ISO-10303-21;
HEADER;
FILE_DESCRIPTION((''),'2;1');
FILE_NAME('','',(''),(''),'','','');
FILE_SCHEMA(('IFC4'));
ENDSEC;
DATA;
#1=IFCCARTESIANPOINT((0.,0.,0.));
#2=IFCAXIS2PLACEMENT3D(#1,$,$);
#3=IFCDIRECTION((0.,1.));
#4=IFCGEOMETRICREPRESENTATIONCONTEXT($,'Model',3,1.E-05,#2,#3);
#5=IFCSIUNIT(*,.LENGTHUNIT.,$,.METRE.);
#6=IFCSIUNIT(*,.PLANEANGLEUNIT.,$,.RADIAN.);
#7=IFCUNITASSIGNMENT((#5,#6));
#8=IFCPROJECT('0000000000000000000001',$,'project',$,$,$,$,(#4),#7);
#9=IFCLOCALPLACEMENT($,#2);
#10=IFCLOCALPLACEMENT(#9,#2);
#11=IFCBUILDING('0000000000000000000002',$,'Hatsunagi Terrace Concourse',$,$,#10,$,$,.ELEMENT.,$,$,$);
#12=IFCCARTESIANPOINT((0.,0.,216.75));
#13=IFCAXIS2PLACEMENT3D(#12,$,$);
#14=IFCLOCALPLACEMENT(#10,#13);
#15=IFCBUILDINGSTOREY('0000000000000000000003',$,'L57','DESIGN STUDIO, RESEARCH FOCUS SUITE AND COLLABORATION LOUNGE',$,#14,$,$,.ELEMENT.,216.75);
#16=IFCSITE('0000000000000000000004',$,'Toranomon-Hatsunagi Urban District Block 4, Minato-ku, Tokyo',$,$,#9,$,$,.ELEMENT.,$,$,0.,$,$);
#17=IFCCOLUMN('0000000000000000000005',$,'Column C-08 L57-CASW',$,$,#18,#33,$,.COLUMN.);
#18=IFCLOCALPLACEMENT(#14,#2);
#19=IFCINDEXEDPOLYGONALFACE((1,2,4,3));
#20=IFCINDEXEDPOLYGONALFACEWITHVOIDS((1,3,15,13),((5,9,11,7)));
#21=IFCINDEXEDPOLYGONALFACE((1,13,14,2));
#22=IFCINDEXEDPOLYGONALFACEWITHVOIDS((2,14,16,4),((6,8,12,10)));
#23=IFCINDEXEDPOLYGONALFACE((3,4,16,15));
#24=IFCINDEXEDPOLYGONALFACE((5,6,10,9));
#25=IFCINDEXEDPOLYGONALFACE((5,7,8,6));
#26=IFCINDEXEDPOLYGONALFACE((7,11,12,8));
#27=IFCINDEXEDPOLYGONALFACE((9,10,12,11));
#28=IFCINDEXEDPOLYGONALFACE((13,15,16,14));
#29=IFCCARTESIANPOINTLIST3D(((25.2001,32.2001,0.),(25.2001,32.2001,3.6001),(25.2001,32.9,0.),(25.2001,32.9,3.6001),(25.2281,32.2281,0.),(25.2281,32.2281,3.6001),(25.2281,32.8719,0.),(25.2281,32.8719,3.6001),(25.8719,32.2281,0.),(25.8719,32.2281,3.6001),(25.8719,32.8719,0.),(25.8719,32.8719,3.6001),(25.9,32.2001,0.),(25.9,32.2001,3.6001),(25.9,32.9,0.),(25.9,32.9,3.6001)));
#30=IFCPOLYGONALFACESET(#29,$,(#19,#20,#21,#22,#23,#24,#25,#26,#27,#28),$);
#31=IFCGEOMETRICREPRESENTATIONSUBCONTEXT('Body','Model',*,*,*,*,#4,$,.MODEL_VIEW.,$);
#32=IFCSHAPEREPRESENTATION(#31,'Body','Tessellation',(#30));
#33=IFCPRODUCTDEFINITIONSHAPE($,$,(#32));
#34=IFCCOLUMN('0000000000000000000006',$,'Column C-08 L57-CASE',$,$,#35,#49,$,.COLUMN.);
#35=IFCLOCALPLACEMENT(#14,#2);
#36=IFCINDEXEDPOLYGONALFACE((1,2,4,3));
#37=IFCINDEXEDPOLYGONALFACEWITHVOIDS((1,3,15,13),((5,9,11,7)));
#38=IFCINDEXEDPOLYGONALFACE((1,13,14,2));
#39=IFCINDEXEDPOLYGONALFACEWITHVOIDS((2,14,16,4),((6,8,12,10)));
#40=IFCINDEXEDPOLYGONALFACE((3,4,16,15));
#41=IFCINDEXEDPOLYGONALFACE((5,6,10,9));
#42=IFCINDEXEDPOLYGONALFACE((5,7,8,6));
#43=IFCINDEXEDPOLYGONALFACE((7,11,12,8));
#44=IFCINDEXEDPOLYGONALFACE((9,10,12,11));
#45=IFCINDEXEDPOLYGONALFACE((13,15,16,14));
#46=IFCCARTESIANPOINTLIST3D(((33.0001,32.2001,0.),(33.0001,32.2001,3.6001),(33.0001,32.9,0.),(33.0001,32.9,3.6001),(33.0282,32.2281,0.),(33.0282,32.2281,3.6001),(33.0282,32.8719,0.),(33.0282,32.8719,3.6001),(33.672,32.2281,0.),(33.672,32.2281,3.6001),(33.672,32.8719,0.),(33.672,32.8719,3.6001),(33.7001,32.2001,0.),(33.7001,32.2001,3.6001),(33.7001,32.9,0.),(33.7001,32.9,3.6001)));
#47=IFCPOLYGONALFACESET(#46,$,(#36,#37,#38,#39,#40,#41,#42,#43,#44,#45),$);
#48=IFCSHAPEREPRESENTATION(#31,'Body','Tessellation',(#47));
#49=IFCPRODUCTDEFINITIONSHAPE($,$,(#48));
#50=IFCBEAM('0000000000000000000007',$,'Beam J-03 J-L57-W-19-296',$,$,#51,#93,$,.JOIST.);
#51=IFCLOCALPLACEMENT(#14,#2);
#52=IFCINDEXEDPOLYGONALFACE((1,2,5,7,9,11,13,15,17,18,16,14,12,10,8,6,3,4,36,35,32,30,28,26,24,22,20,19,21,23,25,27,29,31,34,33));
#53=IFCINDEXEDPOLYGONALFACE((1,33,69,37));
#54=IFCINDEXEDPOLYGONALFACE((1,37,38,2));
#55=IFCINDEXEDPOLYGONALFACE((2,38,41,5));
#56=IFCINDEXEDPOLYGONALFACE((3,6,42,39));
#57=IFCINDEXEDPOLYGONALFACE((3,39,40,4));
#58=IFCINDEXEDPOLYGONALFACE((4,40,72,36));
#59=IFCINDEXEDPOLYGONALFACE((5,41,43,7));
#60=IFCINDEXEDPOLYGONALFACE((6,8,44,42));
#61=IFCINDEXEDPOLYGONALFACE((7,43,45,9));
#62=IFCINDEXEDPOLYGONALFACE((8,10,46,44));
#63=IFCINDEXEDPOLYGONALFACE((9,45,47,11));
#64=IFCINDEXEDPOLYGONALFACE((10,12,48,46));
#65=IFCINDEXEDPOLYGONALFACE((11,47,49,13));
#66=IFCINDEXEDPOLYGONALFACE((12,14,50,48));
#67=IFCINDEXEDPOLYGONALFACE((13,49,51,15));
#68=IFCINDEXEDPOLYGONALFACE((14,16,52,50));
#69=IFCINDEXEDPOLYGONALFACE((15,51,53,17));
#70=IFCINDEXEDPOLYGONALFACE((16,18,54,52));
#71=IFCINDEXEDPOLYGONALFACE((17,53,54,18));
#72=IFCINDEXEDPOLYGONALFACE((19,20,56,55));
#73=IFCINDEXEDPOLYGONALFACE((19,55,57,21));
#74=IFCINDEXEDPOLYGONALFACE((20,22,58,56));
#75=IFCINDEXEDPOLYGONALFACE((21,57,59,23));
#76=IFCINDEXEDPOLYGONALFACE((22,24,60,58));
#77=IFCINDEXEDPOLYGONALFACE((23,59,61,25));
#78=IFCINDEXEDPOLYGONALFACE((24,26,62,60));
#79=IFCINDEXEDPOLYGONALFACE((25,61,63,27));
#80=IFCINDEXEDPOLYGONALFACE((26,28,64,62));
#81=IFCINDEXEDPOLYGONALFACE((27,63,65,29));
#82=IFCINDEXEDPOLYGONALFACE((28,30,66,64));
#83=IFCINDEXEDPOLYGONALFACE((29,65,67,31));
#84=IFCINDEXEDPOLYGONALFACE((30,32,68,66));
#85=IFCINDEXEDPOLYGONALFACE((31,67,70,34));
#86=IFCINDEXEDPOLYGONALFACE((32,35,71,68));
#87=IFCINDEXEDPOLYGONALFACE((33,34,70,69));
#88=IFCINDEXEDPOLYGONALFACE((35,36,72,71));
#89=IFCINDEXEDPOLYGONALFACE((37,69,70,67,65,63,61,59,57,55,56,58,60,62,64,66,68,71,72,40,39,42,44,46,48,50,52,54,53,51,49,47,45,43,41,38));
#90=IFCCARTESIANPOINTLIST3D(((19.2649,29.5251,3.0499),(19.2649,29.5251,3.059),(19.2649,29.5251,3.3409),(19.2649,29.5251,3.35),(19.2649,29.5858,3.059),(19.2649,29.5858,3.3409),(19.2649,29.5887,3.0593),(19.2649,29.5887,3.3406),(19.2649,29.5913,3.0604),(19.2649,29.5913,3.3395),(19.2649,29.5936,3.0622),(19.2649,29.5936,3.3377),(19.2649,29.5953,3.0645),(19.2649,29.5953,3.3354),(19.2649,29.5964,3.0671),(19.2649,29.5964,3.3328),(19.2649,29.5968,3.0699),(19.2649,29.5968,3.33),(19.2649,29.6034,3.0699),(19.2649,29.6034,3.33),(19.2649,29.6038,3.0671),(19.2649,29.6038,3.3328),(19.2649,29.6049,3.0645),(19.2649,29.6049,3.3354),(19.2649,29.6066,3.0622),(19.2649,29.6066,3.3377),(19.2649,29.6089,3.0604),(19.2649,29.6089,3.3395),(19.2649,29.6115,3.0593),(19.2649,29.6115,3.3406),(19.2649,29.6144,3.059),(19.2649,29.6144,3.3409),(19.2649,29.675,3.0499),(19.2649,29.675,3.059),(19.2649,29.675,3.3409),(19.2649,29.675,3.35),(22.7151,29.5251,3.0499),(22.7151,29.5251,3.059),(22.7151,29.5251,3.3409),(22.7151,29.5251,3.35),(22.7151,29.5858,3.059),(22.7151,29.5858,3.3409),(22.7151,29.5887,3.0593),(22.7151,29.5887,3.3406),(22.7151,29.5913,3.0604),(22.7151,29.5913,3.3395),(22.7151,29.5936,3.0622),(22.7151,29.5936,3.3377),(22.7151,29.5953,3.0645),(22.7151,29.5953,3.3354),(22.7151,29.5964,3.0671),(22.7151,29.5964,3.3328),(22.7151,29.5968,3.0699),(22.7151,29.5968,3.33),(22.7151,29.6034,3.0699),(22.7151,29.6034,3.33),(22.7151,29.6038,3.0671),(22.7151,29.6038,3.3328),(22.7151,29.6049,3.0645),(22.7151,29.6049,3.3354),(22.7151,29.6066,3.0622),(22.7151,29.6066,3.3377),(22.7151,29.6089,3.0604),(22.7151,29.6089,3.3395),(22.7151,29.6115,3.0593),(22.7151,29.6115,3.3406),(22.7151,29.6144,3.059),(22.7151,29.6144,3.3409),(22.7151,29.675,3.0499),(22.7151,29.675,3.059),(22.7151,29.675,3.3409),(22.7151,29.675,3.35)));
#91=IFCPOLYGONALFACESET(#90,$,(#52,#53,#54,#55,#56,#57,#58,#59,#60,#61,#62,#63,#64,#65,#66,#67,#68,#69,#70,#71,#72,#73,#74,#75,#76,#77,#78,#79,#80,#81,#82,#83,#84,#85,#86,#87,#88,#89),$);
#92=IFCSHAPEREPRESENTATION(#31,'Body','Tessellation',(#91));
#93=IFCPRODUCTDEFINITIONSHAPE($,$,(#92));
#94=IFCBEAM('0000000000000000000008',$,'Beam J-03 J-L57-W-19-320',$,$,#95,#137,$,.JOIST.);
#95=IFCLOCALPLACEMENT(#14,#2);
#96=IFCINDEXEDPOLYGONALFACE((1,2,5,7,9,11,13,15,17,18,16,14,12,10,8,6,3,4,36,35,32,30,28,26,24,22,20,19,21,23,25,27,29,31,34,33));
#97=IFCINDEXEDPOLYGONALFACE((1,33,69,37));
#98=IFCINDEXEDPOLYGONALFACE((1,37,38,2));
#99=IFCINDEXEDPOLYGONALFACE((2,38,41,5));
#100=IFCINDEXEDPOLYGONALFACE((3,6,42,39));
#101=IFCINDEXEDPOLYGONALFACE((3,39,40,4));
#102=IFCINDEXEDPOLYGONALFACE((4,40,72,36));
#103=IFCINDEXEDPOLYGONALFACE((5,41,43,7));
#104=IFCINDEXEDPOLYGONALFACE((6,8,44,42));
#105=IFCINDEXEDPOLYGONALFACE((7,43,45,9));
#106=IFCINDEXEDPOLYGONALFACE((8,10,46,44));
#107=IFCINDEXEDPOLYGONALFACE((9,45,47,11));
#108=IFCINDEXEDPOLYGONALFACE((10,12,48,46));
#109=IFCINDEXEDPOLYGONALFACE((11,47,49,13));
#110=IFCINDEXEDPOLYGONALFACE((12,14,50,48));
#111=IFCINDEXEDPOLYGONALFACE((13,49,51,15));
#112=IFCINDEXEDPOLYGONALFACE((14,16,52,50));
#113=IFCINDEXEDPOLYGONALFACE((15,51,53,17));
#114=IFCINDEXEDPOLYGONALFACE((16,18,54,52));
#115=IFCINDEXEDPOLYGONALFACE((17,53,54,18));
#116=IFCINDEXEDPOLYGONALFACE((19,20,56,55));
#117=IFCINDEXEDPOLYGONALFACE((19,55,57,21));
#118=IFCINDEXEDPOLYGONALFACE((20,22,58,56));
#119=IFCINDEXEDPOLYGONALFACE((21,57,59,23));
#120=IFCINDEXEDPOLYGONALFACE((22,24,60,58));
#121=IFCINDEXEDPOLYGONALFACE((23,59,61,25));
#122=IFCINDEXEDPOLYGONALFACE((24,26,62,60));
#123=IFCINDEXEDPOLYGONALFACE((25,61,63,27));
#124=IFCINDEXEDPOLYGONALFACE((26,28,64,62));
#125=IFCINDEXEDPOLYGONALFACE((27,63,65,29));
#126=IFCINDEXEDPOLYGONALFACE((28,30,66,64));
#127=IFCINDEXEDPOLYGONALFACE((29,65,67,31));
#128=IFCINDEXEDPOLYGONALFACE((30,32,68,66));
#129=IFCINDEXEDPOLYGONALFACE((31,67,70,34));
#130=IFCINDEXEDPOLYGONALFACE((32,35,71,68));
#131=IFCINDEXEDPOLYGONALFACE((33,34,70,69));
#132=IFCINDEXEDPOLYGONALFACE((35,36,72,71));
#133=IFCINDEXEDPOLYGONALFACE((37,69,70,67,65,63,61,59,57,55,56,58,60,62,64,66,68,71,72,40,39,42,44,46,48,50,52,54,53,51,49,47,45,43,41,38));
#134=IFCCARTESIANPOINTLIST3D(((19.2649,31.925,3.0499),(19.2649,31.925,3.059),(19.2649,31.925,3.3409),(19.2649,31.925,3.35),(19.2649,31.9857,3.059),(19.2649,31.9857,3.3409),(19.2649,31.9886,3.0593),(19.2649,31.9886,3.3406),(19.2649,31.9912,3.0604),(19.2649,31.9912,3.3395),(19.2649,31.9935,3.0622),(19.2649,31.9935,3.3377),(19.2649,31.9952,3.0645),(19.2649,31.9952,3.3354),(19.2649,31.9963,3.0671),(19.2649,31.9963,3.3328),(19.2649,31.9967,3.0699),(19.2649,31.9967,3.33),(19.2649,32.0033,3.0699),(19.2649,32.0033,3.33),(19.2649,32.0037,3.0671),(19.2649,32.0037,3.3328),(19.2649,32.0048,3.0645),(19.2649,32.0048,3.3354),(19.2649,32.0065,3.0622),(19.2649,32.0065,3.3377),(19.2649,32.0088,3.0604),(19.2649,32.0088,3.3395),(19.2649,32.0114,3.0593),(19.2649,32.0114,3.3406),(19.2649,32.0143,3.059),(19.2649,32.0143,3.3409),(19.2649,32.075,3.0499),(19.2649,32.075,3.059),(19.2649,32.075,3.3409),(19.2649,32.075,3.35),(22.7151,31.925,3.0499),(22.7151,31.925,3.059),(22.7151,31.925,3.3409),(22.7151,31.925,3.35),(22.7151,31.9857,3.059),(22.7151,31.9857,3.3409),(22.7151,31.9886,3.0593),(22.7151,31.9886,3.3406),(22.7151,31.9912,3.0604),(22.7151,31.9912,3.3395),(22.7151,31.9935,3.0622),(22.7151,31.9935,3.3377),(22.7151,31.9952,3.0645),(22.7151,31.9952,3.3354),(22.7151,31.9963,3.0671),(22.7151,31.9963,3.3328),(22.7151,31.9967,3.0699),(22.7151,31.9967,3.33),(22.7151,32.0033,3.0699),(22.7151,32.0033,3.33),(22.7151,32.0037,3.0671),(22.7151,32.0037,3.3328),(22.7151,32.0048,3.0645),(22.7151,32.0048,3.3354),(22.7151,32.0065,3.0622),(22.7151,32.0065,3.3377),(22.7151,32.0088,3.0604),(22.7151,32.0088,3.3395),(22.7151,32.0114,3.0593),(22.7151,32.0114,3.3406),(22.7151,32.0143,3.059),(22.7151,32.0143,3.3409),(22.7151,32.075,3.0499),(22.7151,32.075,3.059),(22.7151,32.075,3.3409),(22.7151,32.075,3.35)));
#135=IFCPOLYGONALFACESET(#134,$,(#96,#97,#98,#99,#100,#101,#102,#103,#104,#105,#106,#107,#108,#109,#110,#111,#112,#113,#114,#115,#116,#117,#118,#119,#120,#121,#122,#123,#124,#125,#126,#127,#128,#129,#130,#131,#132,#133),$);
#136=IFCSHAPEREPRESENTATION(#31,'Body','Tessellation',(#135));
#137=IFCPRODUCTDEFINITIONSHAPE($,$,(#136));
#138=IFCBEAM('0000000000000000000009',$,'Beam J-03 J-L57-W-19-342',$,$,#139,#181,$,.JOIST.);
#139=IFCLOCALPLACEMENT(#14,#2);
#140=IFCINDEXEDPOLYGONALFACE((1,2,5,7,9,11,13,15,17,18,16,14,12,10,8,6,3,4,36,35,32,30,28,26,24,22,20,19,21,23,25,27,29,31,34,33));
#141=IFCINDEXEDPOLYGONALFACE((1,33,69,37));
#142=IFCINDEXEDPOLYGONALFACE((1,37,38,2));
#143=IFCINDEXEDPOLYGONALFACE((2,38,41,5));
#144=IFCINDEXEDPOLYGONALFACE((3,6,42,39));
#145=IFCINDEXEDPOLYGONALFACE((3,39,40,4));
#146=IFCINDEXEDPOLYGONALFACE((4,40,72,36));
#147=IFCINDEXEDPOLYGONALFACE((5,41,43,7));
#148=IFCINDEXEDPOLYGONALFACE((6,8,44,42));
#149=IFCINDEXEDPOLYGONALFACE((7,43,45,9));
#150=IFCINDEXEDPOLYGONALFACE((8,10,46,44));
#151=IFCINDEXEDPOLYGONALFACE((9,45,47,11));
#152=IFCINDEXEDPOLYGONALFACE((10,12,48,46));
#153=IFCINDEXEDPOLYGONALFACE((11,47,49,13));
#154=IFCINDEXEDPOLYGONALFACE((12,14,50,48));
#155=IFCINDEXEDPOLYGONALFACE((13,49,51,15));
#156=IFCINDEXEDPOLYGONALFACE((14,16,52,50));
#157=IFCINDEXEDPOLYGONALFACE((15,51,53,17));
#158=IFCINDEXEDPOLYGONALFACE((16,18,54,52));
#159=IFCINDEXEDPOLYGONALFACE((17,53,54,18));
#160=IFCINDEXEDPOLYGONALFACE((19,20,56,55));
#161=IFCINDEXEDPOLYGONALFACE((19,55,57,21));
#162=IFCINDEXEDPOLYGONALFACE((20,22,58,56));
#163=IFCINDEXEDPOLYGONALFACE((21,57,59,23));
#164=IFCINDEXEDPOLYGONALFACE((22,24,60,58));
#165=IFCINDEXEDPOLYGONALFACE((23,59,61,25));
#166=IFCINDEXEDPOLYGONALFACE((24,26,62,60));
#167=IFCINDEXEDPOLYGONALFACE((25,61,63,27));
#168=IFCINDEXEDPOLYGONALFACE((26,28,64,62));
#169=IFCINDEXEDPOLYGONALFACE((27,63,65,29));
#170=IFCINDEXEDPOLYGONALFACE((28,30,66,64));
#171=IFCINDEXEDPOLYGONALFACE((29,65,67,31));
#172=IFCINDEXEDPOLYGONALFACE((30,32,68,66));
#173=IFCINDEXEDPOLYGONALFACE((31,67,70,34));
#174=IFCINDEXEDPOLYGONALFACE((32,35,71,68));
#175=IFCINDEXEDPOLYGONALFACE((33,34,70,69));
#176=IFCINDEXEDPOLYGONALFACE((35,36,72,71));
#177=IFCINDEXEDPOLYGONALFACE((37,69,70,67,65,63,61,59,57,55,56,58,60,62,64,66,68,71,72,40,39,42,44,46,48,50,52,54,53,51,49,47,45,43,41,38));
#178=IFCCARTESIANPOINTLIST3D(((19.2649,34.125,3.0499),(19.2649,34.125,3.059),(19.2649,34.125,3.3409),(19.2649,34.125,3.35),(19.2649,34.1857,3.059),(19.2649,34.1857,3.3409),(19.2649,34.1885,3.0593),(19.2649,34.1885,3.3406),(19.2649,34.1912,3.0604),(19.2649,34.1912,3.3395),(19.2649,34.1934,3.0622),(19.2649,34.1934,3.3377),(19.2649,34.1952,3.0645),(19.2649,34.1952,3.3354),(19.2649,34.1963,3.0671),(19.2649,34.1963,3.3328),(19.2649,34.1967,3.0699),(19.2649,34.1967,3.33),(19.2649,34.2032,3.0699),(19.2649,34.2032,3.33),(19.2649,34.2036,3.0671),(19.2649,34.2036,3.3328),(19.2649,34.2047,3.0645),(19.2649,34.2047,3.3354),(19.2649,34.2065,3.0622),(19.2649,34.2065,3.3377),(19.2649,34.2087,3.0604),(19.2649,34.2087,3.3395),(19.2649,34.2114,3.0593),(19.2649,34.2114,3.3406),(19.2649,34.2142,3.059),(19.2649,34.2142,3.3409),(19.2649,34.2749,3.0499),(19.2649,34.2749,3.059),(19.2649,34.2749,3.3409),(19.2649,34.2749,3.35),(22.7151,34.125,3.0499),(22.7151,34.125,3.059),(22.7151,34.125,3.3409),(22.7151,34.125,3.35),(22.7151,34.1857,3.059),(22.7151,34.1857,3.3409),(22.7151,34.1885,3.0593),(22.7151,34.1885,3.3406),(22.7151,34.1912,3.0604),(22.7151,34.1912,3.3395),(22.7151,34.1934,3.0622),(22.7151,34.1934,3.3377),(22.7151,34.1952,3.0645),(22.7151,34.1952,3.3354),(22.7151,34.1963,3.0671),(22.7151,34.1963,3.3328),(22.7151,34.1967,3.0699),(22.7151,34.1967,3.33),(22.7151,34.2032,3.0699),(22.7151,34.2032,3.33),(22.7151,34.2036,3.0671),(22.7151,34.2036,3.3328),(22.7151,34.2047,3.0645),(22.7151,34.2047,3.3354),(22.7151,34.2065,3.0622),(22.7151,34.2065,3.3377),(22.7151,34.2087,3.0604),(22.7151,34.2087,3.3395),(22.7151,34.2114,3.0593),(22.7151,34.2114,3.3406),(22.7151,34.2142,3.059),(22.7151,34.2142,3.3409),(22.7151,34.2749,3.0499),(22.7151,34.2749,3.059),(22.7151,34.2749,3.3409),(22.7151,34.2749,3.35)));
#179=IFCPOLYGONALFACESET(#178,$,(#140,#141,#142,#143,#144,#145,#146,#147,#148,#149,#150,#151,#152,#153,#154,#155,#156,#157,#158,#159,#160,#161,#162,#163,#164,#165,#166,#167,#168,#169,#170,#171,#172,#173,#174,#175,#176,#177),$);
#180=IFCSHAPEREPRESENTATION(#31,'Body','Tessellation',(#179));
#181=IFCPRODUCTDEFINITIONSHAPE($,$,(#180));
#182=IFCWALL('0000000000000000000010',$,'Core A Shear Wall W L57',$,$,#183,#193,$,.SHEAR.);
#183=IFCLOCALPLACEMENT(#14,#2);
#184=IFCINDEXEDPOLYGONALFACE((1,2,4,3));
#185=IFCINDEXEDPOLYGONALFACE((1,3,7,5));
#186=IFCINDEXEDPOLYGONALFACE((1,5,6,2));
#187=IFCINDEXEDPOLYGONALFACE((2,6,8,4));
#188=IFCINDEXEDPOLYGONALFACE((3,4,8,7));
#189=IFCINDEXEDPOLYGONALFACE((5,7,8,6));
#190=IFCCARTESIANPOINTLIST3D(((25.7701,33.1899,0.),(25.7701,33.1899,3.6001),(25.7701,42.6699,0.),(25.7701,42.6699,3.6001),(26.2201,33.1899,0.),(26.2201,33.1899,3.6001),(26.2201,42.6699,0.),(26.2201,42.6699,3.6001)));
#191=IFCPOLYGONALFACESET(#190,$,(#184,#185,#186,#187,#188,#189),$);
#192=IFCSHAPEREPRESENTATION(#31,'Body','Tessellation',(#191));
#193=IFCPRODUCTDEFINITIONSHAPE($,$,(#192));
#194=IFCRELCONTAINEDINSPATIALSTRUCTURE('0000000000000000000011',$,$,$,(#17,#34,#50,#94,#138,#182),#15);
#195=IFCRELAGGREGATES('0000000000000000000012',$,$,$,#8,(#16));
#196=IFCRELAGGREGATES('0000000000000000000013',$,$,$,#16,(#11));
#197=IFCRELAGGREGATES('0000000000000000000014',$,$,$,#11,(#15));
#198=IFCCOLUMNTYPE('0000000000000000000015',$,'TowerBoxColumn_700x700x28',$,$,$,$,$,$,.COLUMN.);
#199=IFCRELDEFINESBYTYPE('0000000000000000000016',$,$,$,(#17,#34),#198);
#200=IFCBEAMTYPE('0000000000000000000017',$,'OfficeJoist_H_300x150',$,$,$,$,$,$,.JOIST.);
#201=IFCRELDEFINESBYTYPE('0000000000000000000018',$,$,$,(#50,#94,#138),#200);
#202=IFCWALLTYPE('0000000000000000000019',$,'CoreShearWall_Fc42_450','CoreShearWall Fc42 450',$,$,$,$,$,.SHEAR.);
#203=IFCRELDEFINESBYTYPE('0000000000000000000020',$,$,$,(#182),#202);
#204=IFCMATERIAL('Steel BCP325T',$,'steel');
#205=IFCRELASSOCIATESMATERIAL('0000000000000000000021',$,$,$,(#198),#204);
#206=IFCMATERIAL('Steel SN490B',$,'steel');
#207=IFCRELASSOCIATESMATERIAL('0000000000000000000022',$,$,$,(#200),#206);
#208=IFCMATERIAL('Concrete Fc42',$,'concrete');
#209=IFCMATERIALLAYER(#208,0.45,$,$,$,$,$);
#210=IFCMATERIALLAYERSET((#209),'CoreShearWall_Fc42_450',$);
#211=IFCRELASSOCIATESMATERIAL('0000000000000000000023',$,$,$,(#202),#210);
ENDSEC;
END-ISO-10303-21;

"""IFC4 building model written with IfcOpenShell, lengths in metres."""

from ifc_helpers import new_model, si_unit, direction, frame, frame_2d, origin, origin_2d, place, context, subcontext, project, spatial, rectangle, hollow_rectangle, i_section, extrude, material, layer, layer_set, material_profile, profile_set, type_object, element, save


model = new_model("IFC4")

# Units and contexts
model_context = context("Model", 3, precision=1e-05, world=origin(), true_north=direction((0.0, 1.0)))
body_context = subcontext(model_context, "Body", "Model", "MODEL_VIEW")
ifc_project = project(units=[si_unit("LENGTHUNIT", "METRE"), si_unit("PLANEANGLEUNIT", "RADIAN")], contexts=[model_context])

# Site, building, storey
site_placement = place(None, origin())
site = spatial("IfcSite", under=ifc_project, at=site_placement, Name="Toranomon-Hatsunagi Urban District Block 4, Minato-ku, Tokyo", CompositionType="ELEMENT", RefElevation=0.0)
building_placement = place(site_placement, origin())
building = spatial("IfcBuilding", under=site, at=building_placement, Name="Hatsunagi Terrace Concourse", CompositionType="ELEMENT")
storey_placement = place(building_placement, frame((0.0, 0.0, 216.75)))
storey = spatial("IfcBuildingStorey", under=building, at=storey_placement, Name="L57", Description="DESIGN STUDIO, RESEARCH FOCUS SUITE AND COLLABORATION LOUNGE", CompositionType="ELEMENT", Elevation=216.75)

# Columns
ifc_material_1 = material(Name="Steel BCP325T", Category="steel")
ifc_material_profile_1 = material_profile(ifc_material_1, hollow_rectangle(XDim=0.7, YDim=0.7, WallThickness=0.0281, at=origin_2d()), Name="BCP-700x700x28")
ifc_profile_set_1 = profile_set([ifc_material_profile_1], Name="Steel BCP325T")
column_type = type_object("IfcColumnType", Name="TowerBoxColumn_700x700x28", PredefinedType="COLUMN", material=ifc_profile_set_1)
for number, where, z_axis, x_axis, name in (
    (1, (25.55, 32.55, 0.0), (0.0, 0.0, 1.0), (1.0, 0.0, 0.0), "Column C-08 L57-CASW"),
    (2, (33.3501, 32.55, 0.0), (0.0, 0.0, 1.0), (1.0, 0.0, 0.0), "Column C-08 L57-CASE"),
):
    element("IfcColumn", number, at=place(storey_placement, frame(where, z_axis=z_axis, x_axis=x_axis)), inside=storey, type_object=column_type, Name=name, PredefinedType="COLUMN", context=body_context, shape_type="SweptSolid", body=[
        extrude(hollow_rectangle(XDim=0.7, YDim=0.7, WallThickness=0.0281, at=origin_2d()), origin(), (0.0, 0.0, 1.0), 3.6001),
    ])

# Beams
ifc_material_2 = material(Name="Steel SN490B", Category="steel")
ifc_material_profile_2 = material_profile(ifc_material_2, i_section(OverallWidth=0.1499, OverallDepth=0.3, WebThickness=0.0066, FlangeThickness=0.009, FilletRadius=0.011, at=origin_2d()), Name="H-300x150x6.5x9")
ifc_profile_set_2 = profile_set([ifc_material_profile_2], Name="Steel SN490B")
beam_type = type_object("IfcBeamType", Name="OfficeJoist_H_300x150", PredefinedType="JOIST", material=ifc_profile_set_2)
for number, where, z_axis, x_axis, name in (
    (3, (19.2649, 29.6001, 3.2), (1.0, 0.0, 0.0), (0.0, 1.0, 0.0), "Beam J-03 J-L57-W-19-296"),
    (4, (19.2649, 32.0, 3.2), (1.0, 0.0, 0.0), (0.0, 1.0, 0.0), "Beam J-03 J-L57-W-19-320"),
    (5, (19.2649, 34.2, 3.2), (1.0, 0.0, 0.0), (0.0, 1.0, 0.0), "Beam J-03 J-L57-W-19-342"),
):
    element("IfcBeam", number, at=place(storey_placement, frame(where, z_axis=z_axis, x_axis=x_axis)), inside=storey, type_object=beam_type, Name=name, PredefinedType="JOIST", context=body_context, shape_type="SweptSolid", body=[
        extrude(i_section(OverallWidth=0.1499, OverallDepth=0.3, WebThickness=0.0066, FlangeThickness=0.009, FilletRadius=0.011, at=origin_2d()), origin(), (0.0, 0.0, 1.0), 3.4502),
    ])

# Shared definitions
ifc_material_3 = material(Name="Concrete Fc42", Category="concrete")
ifc_layer_1 = layer(ifc_material_3, 0.45)
ifc_layer_set_1 = layer_set([ifc_layer_1], Name="CoreShearWall_Fc42_450")
wall_type_1 = type_object("IfcWallType", Name="CoreShearWall_Fc42_450", Description="CoreShearWall Fc42 450", PredefinedType="SHEAR", material=ifc_layer_set_1)

# Wall
wall_1_placement = place(storey_placement, frame((25.9951, 33.1899, 0.0), z_axis=(0.0, 0.0, 1.0), x_axis=(0.0, 1.0, 0.0)))
element("IfcWall", 6, at=wall_1_placement, inside=storey, type_object=wall_type_1, Name="Core A Shear Wall W L57", PredefinedType="SHEAR", context=body_context, shape_type="SweptSolid", body=[
    extrude(rectangle(XDim=9.48, YDim=0.45, at=frame_2d((4.74, 0.0))), origin(), (0.0, 0.0, 1.0), 3.6001),
])

save(model, "model.ifc")
